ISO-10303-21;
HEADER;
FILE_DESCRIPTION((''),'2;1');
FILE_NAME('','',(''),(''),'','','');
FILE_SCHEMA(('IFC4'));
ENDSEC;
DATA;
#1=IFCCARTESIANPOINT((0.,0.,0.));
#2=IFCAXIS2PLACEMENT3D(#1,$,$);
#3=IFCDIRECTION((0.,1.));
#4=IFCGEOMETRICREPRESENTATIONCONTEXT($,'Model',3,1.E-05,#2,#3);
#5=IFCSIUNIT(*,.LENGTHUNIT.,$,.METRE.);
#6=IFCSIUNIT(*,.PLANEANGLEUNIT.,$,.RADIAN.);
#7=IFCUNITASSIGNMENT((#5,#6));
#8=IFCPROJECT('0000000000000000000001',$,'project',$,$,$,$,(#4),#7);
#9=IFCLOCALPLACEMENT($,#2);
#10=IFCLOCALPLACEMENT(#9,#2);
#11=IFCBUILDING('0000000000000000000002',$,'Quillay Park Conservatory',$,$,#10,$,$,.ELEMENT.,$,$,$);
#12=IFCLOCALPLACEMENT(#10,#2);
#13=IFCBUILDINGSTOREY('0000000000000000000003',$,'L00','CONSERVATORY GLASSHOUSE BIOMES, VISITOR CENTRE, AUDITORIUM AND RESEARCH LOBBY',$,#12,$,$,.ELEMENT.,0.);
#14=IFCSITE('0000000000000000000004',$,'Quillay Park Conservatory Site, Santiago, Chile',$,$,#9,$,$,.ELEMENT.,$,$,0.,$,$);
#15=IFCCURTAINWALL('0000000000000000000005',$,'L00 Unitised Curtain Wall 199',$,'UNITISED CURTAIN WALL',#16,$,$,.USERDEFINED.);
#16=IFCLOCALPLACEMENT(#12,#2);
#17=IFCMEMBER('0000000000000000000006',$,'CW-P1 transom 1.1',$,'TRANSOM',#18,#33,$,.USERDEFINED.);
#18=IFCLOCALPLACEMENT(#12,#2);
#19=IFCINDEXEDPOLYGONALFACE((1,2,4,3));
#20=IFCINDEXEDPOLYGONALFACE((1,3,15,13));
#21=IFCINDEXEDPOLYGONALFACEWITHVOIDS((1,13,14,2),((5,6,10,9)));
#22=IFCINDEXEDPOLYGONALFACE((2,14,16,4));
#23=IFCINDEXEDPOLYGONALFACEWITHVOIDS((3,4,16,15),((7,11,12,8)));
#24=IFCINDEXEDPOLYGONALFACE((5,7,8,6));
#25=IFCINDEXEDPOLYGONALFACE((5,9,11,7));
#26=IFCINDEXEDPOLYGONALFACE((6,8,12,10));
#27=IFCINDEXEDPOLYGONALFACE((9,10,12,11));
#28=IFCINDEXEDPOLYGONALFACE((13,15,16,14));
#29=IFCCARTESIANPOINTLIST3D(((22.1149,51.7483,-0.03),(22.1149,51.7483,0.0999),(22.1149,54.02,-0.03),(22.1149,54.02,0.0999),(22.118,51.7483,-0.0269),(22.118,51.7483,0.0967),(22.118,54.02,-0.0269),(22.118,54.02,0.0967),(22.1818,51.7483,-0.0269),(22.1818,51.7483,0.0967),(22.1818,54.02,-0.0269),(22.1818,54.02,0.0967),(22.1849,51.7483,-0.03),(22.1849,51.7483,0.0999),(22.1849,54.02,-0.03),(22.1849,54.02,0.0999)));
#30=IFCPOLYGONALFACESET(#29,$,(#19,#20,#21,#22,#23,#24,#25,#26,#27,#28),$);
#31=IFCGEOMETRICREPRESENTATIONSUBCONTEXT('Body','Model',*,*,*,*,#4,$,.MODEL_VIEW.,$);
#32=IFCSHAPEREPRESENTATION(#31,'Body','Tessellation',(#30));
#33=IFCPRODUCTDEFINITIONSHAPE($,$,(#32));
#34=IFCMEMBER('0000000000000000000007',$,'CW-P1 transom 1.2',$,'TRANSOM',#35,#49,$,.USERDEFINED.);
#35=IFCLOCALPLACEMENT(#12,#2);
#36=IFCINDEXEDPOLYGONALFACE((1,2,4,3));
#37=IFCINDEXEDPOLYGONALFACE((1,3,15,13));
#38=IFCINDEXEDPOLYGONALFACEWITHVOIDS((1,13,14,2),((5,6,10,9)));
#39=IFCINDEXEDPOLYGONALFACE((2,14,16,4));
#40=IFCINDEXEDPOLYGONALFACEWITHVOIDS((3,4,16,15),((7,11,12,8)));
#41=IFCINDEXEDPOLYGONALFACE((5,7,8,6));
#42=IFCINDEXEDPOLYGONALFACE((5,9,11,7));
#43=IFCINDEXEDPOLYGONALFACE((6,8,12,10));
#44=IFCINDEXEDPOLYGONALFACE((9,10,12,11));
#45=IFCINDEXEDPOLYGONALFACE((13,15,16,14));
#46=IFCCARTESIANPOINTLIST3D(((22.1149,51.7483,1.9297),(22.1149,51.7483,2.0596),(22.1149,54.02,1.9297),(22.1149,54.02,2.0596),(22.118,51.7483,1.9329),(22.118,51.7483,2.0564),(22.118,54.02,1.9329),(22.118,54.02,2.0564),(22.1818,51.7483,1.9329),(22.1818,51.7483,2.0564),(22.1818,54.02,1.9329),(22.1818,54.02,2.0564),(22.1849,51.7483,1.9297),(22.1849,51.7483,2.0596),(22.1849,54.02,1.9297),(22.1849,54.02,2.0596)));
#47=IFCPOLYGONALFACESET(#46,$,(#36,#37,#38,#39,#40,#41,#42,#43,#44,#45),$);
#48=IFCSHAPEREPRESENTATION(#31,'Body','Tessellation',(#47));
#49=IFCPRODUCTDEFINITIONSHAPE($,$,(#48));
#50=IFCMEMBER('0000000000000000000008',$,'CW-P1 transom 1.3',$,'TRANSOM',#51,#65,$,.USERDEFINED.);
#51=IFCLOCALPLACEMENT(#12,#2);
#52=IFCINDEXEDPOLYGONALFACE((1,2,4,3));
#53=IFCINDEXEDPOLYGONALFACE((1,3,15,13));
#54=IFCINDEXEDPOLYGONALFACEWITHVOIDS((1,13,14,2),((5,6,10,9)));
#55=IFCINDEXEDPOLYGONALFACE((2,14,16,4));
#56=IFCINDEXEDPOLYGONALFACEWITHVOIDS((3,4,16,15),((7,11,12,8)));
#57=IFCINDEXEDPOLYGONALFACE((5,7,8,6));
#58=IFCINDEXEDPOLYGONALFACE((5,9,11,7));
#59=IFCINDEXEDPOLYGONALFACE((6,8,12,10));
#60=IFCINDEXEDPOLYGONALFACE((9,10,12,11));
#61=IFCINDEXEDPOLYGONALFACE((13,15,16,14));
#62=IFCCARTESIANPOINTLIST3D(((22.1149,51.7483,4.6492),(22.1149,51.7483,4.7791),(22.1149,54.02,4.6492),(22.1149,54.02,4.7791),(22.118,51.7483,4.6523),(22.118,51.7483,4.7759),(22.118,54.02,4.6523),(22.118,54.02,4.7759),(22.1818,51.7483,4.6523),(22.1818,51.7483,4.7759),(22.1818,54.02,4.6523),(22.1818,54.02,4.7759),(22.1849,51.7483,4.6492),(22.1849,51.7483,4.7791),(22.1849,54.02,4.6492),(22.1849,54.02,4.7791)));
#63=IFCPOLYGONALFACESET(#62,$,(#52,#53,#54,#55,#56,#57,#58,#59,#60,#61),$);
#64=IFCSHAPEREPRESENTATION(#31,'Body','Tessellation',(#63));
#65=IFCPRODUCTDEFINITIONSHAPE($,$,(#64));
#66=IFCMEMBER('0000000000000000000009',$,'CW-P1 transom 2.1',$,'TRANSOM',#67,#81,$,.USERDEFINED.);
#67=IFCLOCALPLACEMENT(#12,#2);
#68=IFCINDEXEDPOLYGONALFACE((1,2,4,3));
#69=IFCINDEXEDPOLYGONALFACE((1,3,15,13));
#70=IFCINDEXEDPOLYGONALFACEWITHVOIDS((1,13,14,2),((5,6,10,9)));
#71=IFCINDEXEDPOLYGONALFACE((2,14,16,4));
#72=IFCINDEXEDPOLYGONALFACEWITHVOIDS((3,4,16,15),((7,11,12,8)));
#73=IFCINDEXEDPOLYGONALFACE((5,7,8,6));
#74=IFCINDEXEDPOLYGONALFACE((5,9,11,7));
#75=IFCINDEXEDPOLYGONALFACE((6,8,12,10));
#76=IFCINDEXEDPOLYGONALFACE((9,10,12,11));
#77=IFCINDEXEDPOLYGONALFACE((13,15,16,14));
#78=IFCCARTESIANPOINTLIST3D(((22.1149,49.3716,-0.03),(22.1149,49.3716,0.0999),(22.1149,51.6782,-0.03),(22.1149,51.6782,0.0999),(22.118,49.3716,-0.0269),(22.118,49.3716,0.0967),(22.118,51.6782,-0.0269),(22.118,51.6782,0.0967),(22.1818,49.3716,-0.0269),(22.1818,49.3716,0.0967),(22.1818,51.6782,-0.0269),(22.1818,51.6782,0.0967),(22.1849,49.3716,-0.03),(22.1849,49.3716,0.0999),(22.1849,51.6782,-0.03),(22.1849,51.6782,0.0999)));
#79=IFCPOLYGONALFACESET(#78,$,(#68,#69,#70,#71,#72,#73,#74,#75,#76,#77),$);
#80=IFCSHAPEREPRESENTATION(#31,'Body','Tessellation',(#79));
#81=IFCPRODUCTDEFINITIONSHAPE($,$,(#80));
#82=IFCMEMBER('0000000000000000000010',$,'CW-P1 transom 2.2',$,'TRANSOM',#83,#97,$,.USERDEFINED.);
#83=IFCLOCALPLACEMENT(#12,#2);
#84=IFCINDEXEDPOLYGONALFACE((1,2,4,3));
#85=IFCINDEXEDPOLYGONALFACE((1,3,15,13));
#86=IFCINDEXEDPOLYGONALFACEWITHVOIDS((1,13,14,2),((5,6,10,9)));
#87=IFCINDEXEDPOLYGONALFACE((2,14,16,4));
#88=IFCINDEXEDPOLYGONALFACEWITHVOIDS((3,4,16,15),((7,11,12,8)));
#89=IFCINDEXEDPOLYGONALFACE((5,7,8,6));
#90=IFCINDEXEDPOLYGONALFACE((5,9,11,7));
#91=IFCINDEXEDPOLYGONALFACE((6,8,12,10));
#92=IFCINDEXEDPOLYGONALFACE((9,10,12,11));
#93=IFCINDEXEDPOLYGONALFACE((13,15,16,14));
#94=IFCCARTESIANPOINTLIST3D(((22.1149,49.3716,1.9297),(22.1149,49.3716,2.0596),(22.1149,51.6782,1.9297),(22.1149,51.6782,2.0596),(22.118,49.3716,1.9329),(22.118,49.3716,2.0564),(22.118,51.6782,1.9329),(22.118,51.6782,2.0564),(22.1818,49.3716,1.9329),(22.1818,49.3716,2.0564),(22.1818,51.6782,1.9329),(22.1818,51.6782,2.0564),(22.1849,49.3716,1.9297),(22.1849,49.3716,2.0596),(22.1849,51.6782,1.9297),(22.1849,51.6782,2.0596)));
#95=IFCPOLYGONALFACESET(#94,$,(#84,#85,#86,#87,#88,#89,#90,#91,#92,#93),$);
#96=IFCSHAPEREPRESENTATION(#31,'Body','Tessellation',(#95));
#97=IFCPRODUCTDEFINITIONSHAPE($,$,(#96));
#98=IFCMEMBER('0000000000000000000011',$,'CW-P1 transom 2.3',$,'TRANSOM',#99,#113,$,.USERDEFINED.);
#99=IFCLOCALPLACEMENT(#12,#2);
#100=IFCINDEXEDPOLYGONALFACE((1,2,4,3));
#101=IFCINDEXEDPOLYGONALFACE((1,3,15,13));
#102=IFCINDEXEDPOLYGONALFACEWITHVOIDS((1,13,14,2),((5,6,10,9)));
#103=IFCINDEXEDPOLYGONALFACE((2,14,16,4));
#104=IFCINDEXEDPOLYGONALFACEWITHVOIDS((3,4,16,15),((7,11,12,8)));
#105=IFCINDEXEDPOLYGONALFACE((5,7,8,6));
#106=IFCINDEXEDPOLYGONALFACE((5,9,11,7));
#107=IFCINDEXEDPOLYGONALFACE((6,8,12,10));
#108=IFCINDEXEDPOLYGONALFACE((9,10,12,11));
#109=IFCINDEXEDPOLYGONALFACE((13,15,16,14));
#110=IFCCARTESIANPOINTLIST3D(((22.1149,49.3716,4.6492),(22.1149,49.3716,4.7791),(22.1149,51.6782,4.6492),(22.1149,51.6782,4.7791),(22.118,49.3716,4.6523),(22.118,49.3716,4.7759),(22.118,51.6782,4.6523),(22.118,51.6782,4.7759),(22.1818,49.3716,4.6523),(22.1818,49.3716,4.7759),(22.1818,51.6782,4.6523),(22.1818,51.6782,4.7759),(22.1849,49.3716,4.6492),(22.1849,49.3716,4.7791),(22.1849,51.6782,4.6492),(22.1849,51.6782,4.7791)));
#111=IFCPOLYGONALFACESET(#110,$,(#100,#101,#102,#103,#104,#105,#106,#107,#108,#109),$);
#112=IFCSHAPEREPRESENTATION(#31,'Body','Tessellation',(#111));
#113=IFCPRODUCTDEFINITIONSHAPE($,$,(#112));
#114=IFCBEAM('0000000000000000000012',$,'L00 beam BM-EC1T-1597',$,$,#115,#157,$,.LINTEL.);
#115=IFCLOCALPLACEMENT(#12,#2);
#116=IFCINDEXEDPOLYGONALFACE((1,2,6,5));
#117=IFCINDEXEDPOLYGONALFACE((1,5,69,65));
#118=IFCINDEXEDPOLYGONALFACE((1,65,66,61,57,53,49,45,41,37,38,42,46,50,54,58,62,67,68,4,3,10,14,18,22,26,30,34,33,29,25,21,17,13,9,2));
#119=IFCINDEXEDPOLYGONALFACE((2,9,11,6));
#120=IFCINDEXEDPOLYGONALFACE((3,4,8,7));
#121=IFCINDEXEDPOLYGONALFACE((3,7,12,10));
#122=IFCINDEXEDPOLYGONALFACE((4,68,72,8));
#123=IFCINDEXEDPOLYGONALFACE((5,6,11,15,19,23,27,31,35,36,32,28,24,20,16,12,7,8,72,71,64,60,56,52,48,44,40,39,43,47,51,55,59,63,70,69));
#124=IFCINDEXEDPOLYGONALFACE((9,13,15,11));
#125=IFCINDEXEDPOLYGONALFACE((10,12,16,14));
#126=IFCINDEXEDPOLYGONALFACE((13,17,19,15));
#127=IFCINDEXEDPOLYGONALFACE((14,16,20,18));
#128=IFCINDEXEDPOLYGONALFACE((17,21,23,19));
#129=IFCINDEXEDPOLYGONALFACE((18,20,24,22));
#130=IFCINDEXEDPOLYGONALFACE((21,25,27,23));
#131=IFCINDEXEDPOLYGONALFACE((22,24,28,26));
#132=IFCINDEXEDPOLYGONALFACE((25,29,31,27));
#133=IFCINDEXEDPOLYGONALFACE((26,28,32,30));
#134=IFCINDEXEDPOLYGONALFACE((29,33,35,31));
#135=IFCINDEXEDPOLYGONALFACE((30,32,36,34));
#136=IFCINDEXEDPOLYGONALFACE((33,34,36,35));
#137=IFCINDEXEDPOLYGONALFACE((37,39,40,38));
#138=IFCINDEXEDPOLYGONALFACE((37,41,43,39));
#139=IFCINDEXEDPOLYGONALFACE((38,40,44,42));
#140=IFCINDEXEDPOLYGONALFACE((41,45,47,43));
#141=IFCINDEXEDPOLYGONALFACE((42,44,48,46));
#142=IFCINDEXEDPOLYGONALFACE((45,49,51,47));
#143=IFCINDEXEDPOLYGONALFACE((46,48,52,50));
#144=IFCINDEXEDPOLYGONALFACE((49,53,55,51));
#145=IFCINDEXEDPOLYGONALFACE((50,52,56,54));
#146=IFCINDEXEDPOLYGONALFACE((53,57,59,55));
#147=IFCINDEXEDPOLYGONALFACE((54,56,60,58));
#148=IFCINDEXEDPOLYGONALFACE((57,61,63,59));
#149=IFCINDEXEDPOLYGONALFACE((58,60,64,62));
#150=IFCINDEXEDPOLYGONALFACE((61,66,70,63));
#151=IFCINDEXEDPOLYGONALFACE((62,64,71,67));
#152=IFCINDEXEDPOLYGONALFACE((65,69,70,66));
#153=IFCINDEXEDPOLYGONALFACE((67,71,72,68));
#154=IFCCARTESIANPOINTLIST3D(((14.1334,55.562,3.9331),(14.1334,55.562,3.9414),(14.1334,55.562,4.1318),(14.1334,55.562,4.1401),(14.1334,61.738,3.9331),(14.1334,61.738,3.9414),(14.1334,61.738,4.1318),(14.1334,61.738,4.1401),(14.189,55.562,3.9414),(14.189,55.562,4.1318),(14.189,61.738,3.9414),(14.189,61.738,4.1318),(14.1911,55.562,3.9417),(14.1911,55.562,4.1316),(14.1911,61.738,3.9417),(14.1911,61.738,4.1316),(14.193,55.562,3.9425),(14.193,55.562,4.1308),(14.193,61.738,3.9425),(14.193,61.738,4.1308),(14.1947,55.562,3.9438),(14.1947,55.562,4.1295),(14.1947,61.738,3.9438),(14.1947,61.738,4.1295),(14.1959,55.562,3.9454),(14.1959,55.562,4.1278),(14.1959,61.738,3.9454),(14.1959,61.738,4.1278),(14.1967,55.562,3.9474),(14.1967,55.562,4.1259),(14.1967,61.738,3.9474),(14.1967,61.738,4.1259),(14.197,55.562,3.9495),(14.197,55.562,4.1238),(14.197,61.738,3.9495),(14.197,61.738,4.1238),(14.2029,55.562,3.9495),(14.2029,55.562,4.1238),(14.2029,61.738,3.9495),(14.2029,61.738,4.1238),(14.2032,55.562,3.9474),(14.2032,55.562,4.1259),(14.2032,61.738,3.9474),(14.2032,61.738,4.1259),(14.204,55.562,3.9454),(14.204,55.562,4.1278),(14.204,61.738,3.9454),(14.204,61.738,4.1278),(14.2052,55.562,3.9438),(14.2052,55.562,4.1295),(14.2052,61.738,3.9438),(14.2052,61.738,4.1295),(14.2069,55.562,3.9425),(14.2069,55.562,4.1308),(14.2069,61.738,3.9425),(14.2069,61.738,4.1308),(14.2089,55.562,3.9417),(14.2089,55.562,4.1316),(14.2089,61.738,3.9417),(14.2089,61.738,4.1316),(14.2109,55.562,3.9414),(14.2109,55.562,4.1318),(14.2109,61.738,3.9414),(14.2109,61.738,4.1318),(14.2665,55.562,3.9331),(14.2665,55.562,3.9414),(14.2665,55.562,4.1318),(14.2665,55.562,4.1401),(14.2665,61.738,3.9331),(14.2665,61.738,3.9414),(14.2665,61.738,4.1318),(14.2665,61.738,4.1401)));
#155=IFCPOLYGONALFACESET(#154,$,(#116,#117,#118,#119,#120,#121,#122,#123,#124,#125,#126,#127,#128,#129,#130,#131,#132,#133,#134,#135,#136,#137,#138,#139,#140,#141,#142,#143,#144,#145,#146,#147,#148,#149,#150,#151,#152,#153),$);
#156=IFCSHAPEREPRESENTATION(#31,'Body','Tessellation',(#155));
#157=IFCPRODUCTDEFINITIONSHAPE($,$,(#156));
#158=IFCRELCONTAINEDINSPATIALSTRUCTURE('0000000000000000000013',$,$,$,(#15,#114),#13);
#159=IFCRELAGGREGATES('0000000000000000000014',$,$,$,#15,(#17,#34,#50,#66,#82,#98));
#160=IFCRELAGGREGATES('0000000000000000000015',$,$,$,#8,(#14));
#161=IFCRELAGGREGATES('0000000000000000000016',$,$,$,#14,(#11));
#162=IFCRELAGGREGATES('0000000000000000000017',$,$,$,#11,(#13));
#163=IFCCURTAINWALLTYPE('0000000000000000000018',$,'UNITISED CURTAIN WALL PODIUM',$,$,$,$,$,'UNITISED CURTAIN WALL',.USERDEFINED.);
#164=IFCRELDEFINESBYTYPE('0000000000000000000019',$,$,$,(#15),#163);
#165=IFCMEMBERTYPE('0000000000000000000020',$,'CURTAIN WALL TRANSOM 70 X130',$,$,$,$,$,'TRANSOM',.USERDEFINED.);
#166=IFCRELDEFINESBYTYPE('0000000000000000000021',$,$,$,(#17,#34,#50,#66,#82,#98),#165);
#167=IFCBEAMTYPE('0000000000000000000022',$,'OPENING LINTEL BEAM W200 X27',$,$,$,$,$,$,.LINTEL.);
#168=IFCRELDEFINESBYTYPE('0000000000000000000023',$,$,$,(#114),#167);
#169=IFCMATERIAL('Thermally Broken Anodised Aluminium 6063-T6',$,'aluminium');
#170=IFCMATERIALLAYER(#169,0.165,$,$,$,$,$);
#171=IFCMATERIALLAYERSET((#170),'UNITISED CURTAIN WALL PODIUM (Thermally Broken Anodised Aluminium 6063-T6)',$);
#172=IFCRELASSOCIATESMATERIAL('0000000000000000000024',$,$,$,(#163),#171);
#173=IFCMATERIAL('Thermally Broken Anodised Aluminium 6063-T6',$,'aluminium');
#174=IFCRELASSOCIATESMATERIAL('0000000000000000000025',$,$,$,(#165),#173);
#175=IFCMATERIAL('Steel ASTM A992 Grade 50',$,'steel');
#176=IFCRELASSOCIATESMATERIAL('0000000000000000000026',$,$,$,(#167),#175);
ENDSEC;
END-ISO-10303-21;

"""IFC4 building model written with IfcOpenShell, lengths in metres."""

from ifc_helpers import new_model, si_unit, direction, frame, origin, origin_2d, place, context, subcontext, project, spatial, hollow_rectangle, i_section, extrude, material, layer, layer_set, material_profile, profile_set, type_object, element, aggregate, save


model = new_model("IFC4")

# Units and contexts
model_context = context("Model", 3, precision=1e-05, world=origin(), true_north=direction((0.0, 1.0)))
body_context = subcontext(model_context, "Body", "Model", "MODEL_VIEW")
ifc_project = project(units=[si_unit("LENGTHUNIT", "METRE"), si_unit("PLANEANGLEUNIT", "RADIAN")], contexts=[model_context])

# Site, building, storey
site_placement = place(None, origin())
site = spatial("IfcSite", under=ifc_project, at=site_placement, Name="Quillay Park Conservatory Site, Santiago, Chile", CompositionType="ELEMENT", RefElevation=0.0)
building_placement = place(site_placement, origin())
building = spatial("IfcBuilding", under=site, at=building_placement, Name="Quillay Park Conservatory", CompositionType="ELEMENT")
storey_placement = place(building_placement, origin())
storey = spatial("IfcBuildingStorey", under=building, at=storey_placement, Name="L00", Description="CONSERVATORY GLASSHOUSE BIOMES, VISITOR CENTRE, AUDITORIUM AND RESEARCH LOBBY", CompositionType="ELEMENT", Elevation=0.0)

# Curtain wall, members
ifc_material_1 = material(Name="Thermally Broken Anodised Aluminium 6063-T6", Category="aluminium")
ifc_layer_1 = layer(ifc_material_1, 0.165)
ifc_layer_set_1 = layer_set([ifc_layer_1], Name="UNITISED CURTAIN WALL PODIUM (Thermally Broken Anodised Aluminium 6063-T6)")
curtain_wall_type = type_object("IfcCurtainWallType", Name="UNITISED CURTAIN WALL PODIUM", ElementType="UNITISED CURTAIN WALL", PredefinedType="USERDEFINED", material=ifc_layer_set_1)
curtain_wall_placement = place(storey_placement, origin())
curtain_wall = element("IfcCurtainWall", 1, at=curtain_wall_placement, inside=storey, type_object=curtain_wall_type, Name="L00 Unitised Curtain Wall 199", ObjectType="UNITISED CURTAIN WALL", PredefinedType="USERDEFINED")
ifc_material_2 = material(Name="Thermally Broken Anodised Aluminium 6063-T6", Category="aluminium")
ifc_material_profile_1 = material_profile(ifc_material_2, hollow_rectangle(XDim=0.0701, YDim=0.1299, WallThickness=0.0032, at=origin_2d()), Name="AL70x130x3.2")
ifc_profile_set_1 = profile_set([ifc_material_profile_1], Name="Thermally Broken Anodised Aluminium 6063-T6")
member_type_1 = type_object("IfcMemberType", Name="CURTAIN WALL TRANSOM 70 X130", ElementType="TRANSOM", PredefinedType="USERDEFINED", material=ifc_profile_set_1)
member_1_placement = place(storey_placement, frame((22.1499, 54.02, 0.0349), z_axis=(0.0, -1.0, 0.0), x_axis=(1.0, 0.0, 0.0)))
member_1 = element("IfcMember", 2, at=member_1_placement, type_object=member_type_1, Name="CW-P1 transom 1.1", ObjectType="TRANSOM", PredefinedType="USERDEFINED", context=body_context, shape_type="SweptSolid", body=[
    extrude(hollow_rectangle(XDim=0.0701, YDim=0.1299, WallThickness=0.0032, at=origin_2d()), origin(), (0.0, 0.0, 1.0), 2.2717),
])
member_2_placement = place(storey_placement, frame((22.1499, 54.02, 1.9946), z_axis=(0.0, -1.0, 0.0), x_axis=(1.0, 0.0, 0.0)))
member_2 = element("IfcMember", 3, at=member_2_placement, type_object=member_type_1, Name="CW-P1 transom 1.2", ObjectType="TRANSOM", PredefinedType="USERDEFINED", context=body_context, shape_type="SweptSolid", body=[
    extrude(hollow_rectangle(XDim=0.0701, YDim=0.1299, WallThickness=0.0032, at=origin_2d()), origin(), (0.0, 0.0, 1.0), 2.2717),
])
member_3_placement = place(storey_placement, frame((22.1499, 54.02, 4.7141), z_axis=(0.0, -1.0, 0.0), x_axis=(1.0, 0.0, 0.0)))
member_3 = element("IfcMember", 4, at=member_3_placement, type_object=member_type_1, Name="CW-P1 transom 1.3", ObjectType="TRANSOM", PredefinedType="USERDEFINED", context=body_context, shape_type="SweptSolid", body=[
    extrude(hollow_rectangle(XDim=0.0701, YDim=0.1299, WallThickness=0.0032, at=origin_2d()), origin(), (0.0, 0.0, 1.0), 2.2717),
])
member_4_placement = place(storey_placement, frame((22.1499, 51.6782, 0.0349), z_axis=(0.0, -1.0, 0.0), x_axis=(1.0, 0.0, 0.0)))
member_4 = element("IfcMember", 5, at=member_4_placement, type_object=member_type_1, Name="CW-P1 transom 2.1", ObjectType="TRANSOM", PredefinedType="USERDEFINED", context=body_context, shape_type="SweptSolid", body=[
    extrude(hollow_rectangle(XDim=0.0701, YDim=0.1299, WallThickness=0.0032, at=origin_2d()), origin(), (0.0, 0.0, 1.0), 2.3066),
])
member_5_placement = place(storey_placement, frame((22.1499, 51.6782, 1.9946), z_axis=(0.0, -1.0, 0.0), x_axis=(1.0, 0.0, 0.0)))
member_5 = element("IfcMember", 6, at=member_5_placement, type_object=member_type_1, Name="CW-P1 transom 2.2", ObjectType="TRANSOM", PredefinedType="USERDEFINED", context=body_context, shape_type="SweptSolid", body=[
    extrude(hollow_rectangle(XDim=0.0701, YDim=0.1299, WallThickness=0.0032, at=origin_2d()), origin(), (0.0, 0.0, 1.0), 2.3066),
])
member_6_placement = place(storey_placement, frame((22.1499, 51.6782, 4.7141), z_axis=(0.0, -1.0, 0.0), x_axis=(1.0, 0.0, 0.0)))
member_6 = element("IfcMember", 7, at=member_6_placement, type_object=member_type_1, Name="CW-P1 transom 2.3", ObjectType="TRANSOM", PredefinedType="USERDEFINED", context=body_context, shape_type="SweptSolid", body=[
    extrude(hollow_rectangle(XDim=0.0701, YDim=0.1299, WallThickness=0.0032, at=origin_2d()), origin(), (0.0, 0.0, 1.0), 2.3066),
])

# Beam
ifc_material_3 = material(Name="Steel ASTM A992 Grade 50", Category="steel")
ifc_material_profile_2 = material_profile(ifc_material_3, i_section(OverallWidth=0.1331, OverallDepth=0.207, WebThickness=0.0059, FlangeThickness=0.0083, FilletRadius=0.0081, at=origin_2d()), Name="W200x27")
ifc_profile_set_2 = profile_set([ifc_material_profile_2], Name="Steel ASTM A992 Grade 50")
beam_type_1 = type_object("IfcBeamType", Name="OPENING LINTEL BEAM W200 X27", PredefinedType="LINTEL", material=ifc_profile_set_2)
beam_1_placement = place(storey_placement, frame((14.2, 55.562, 4.0366), z_axis=(0.0, 1.0, 0.0), x_axis=(-1.0, 0.0, 0.0)))
element("IfcBeam", 8, at=beam_1_placement, inside=storey, type_object=beam_type_1, Name="L00 beam BM-EC1T-1597", PredefinedType="LINTEL", context=body_context, shape_type="SweptSolid", body=[
    extrude(i_section(OverallWidth=0.1331, OverallDepth=0.207, WebThickness=0.0059, FlangeThickness=0.0083, FilletRadius=0.0081, at=origin_2d()), origin(), (0.0, 0.0, 1.0), 6.176),
])

aggregate(curtain_wall, [member_1, member_2, member_3, member_4, member_5, member_6])

save(model, "model.ifc")
